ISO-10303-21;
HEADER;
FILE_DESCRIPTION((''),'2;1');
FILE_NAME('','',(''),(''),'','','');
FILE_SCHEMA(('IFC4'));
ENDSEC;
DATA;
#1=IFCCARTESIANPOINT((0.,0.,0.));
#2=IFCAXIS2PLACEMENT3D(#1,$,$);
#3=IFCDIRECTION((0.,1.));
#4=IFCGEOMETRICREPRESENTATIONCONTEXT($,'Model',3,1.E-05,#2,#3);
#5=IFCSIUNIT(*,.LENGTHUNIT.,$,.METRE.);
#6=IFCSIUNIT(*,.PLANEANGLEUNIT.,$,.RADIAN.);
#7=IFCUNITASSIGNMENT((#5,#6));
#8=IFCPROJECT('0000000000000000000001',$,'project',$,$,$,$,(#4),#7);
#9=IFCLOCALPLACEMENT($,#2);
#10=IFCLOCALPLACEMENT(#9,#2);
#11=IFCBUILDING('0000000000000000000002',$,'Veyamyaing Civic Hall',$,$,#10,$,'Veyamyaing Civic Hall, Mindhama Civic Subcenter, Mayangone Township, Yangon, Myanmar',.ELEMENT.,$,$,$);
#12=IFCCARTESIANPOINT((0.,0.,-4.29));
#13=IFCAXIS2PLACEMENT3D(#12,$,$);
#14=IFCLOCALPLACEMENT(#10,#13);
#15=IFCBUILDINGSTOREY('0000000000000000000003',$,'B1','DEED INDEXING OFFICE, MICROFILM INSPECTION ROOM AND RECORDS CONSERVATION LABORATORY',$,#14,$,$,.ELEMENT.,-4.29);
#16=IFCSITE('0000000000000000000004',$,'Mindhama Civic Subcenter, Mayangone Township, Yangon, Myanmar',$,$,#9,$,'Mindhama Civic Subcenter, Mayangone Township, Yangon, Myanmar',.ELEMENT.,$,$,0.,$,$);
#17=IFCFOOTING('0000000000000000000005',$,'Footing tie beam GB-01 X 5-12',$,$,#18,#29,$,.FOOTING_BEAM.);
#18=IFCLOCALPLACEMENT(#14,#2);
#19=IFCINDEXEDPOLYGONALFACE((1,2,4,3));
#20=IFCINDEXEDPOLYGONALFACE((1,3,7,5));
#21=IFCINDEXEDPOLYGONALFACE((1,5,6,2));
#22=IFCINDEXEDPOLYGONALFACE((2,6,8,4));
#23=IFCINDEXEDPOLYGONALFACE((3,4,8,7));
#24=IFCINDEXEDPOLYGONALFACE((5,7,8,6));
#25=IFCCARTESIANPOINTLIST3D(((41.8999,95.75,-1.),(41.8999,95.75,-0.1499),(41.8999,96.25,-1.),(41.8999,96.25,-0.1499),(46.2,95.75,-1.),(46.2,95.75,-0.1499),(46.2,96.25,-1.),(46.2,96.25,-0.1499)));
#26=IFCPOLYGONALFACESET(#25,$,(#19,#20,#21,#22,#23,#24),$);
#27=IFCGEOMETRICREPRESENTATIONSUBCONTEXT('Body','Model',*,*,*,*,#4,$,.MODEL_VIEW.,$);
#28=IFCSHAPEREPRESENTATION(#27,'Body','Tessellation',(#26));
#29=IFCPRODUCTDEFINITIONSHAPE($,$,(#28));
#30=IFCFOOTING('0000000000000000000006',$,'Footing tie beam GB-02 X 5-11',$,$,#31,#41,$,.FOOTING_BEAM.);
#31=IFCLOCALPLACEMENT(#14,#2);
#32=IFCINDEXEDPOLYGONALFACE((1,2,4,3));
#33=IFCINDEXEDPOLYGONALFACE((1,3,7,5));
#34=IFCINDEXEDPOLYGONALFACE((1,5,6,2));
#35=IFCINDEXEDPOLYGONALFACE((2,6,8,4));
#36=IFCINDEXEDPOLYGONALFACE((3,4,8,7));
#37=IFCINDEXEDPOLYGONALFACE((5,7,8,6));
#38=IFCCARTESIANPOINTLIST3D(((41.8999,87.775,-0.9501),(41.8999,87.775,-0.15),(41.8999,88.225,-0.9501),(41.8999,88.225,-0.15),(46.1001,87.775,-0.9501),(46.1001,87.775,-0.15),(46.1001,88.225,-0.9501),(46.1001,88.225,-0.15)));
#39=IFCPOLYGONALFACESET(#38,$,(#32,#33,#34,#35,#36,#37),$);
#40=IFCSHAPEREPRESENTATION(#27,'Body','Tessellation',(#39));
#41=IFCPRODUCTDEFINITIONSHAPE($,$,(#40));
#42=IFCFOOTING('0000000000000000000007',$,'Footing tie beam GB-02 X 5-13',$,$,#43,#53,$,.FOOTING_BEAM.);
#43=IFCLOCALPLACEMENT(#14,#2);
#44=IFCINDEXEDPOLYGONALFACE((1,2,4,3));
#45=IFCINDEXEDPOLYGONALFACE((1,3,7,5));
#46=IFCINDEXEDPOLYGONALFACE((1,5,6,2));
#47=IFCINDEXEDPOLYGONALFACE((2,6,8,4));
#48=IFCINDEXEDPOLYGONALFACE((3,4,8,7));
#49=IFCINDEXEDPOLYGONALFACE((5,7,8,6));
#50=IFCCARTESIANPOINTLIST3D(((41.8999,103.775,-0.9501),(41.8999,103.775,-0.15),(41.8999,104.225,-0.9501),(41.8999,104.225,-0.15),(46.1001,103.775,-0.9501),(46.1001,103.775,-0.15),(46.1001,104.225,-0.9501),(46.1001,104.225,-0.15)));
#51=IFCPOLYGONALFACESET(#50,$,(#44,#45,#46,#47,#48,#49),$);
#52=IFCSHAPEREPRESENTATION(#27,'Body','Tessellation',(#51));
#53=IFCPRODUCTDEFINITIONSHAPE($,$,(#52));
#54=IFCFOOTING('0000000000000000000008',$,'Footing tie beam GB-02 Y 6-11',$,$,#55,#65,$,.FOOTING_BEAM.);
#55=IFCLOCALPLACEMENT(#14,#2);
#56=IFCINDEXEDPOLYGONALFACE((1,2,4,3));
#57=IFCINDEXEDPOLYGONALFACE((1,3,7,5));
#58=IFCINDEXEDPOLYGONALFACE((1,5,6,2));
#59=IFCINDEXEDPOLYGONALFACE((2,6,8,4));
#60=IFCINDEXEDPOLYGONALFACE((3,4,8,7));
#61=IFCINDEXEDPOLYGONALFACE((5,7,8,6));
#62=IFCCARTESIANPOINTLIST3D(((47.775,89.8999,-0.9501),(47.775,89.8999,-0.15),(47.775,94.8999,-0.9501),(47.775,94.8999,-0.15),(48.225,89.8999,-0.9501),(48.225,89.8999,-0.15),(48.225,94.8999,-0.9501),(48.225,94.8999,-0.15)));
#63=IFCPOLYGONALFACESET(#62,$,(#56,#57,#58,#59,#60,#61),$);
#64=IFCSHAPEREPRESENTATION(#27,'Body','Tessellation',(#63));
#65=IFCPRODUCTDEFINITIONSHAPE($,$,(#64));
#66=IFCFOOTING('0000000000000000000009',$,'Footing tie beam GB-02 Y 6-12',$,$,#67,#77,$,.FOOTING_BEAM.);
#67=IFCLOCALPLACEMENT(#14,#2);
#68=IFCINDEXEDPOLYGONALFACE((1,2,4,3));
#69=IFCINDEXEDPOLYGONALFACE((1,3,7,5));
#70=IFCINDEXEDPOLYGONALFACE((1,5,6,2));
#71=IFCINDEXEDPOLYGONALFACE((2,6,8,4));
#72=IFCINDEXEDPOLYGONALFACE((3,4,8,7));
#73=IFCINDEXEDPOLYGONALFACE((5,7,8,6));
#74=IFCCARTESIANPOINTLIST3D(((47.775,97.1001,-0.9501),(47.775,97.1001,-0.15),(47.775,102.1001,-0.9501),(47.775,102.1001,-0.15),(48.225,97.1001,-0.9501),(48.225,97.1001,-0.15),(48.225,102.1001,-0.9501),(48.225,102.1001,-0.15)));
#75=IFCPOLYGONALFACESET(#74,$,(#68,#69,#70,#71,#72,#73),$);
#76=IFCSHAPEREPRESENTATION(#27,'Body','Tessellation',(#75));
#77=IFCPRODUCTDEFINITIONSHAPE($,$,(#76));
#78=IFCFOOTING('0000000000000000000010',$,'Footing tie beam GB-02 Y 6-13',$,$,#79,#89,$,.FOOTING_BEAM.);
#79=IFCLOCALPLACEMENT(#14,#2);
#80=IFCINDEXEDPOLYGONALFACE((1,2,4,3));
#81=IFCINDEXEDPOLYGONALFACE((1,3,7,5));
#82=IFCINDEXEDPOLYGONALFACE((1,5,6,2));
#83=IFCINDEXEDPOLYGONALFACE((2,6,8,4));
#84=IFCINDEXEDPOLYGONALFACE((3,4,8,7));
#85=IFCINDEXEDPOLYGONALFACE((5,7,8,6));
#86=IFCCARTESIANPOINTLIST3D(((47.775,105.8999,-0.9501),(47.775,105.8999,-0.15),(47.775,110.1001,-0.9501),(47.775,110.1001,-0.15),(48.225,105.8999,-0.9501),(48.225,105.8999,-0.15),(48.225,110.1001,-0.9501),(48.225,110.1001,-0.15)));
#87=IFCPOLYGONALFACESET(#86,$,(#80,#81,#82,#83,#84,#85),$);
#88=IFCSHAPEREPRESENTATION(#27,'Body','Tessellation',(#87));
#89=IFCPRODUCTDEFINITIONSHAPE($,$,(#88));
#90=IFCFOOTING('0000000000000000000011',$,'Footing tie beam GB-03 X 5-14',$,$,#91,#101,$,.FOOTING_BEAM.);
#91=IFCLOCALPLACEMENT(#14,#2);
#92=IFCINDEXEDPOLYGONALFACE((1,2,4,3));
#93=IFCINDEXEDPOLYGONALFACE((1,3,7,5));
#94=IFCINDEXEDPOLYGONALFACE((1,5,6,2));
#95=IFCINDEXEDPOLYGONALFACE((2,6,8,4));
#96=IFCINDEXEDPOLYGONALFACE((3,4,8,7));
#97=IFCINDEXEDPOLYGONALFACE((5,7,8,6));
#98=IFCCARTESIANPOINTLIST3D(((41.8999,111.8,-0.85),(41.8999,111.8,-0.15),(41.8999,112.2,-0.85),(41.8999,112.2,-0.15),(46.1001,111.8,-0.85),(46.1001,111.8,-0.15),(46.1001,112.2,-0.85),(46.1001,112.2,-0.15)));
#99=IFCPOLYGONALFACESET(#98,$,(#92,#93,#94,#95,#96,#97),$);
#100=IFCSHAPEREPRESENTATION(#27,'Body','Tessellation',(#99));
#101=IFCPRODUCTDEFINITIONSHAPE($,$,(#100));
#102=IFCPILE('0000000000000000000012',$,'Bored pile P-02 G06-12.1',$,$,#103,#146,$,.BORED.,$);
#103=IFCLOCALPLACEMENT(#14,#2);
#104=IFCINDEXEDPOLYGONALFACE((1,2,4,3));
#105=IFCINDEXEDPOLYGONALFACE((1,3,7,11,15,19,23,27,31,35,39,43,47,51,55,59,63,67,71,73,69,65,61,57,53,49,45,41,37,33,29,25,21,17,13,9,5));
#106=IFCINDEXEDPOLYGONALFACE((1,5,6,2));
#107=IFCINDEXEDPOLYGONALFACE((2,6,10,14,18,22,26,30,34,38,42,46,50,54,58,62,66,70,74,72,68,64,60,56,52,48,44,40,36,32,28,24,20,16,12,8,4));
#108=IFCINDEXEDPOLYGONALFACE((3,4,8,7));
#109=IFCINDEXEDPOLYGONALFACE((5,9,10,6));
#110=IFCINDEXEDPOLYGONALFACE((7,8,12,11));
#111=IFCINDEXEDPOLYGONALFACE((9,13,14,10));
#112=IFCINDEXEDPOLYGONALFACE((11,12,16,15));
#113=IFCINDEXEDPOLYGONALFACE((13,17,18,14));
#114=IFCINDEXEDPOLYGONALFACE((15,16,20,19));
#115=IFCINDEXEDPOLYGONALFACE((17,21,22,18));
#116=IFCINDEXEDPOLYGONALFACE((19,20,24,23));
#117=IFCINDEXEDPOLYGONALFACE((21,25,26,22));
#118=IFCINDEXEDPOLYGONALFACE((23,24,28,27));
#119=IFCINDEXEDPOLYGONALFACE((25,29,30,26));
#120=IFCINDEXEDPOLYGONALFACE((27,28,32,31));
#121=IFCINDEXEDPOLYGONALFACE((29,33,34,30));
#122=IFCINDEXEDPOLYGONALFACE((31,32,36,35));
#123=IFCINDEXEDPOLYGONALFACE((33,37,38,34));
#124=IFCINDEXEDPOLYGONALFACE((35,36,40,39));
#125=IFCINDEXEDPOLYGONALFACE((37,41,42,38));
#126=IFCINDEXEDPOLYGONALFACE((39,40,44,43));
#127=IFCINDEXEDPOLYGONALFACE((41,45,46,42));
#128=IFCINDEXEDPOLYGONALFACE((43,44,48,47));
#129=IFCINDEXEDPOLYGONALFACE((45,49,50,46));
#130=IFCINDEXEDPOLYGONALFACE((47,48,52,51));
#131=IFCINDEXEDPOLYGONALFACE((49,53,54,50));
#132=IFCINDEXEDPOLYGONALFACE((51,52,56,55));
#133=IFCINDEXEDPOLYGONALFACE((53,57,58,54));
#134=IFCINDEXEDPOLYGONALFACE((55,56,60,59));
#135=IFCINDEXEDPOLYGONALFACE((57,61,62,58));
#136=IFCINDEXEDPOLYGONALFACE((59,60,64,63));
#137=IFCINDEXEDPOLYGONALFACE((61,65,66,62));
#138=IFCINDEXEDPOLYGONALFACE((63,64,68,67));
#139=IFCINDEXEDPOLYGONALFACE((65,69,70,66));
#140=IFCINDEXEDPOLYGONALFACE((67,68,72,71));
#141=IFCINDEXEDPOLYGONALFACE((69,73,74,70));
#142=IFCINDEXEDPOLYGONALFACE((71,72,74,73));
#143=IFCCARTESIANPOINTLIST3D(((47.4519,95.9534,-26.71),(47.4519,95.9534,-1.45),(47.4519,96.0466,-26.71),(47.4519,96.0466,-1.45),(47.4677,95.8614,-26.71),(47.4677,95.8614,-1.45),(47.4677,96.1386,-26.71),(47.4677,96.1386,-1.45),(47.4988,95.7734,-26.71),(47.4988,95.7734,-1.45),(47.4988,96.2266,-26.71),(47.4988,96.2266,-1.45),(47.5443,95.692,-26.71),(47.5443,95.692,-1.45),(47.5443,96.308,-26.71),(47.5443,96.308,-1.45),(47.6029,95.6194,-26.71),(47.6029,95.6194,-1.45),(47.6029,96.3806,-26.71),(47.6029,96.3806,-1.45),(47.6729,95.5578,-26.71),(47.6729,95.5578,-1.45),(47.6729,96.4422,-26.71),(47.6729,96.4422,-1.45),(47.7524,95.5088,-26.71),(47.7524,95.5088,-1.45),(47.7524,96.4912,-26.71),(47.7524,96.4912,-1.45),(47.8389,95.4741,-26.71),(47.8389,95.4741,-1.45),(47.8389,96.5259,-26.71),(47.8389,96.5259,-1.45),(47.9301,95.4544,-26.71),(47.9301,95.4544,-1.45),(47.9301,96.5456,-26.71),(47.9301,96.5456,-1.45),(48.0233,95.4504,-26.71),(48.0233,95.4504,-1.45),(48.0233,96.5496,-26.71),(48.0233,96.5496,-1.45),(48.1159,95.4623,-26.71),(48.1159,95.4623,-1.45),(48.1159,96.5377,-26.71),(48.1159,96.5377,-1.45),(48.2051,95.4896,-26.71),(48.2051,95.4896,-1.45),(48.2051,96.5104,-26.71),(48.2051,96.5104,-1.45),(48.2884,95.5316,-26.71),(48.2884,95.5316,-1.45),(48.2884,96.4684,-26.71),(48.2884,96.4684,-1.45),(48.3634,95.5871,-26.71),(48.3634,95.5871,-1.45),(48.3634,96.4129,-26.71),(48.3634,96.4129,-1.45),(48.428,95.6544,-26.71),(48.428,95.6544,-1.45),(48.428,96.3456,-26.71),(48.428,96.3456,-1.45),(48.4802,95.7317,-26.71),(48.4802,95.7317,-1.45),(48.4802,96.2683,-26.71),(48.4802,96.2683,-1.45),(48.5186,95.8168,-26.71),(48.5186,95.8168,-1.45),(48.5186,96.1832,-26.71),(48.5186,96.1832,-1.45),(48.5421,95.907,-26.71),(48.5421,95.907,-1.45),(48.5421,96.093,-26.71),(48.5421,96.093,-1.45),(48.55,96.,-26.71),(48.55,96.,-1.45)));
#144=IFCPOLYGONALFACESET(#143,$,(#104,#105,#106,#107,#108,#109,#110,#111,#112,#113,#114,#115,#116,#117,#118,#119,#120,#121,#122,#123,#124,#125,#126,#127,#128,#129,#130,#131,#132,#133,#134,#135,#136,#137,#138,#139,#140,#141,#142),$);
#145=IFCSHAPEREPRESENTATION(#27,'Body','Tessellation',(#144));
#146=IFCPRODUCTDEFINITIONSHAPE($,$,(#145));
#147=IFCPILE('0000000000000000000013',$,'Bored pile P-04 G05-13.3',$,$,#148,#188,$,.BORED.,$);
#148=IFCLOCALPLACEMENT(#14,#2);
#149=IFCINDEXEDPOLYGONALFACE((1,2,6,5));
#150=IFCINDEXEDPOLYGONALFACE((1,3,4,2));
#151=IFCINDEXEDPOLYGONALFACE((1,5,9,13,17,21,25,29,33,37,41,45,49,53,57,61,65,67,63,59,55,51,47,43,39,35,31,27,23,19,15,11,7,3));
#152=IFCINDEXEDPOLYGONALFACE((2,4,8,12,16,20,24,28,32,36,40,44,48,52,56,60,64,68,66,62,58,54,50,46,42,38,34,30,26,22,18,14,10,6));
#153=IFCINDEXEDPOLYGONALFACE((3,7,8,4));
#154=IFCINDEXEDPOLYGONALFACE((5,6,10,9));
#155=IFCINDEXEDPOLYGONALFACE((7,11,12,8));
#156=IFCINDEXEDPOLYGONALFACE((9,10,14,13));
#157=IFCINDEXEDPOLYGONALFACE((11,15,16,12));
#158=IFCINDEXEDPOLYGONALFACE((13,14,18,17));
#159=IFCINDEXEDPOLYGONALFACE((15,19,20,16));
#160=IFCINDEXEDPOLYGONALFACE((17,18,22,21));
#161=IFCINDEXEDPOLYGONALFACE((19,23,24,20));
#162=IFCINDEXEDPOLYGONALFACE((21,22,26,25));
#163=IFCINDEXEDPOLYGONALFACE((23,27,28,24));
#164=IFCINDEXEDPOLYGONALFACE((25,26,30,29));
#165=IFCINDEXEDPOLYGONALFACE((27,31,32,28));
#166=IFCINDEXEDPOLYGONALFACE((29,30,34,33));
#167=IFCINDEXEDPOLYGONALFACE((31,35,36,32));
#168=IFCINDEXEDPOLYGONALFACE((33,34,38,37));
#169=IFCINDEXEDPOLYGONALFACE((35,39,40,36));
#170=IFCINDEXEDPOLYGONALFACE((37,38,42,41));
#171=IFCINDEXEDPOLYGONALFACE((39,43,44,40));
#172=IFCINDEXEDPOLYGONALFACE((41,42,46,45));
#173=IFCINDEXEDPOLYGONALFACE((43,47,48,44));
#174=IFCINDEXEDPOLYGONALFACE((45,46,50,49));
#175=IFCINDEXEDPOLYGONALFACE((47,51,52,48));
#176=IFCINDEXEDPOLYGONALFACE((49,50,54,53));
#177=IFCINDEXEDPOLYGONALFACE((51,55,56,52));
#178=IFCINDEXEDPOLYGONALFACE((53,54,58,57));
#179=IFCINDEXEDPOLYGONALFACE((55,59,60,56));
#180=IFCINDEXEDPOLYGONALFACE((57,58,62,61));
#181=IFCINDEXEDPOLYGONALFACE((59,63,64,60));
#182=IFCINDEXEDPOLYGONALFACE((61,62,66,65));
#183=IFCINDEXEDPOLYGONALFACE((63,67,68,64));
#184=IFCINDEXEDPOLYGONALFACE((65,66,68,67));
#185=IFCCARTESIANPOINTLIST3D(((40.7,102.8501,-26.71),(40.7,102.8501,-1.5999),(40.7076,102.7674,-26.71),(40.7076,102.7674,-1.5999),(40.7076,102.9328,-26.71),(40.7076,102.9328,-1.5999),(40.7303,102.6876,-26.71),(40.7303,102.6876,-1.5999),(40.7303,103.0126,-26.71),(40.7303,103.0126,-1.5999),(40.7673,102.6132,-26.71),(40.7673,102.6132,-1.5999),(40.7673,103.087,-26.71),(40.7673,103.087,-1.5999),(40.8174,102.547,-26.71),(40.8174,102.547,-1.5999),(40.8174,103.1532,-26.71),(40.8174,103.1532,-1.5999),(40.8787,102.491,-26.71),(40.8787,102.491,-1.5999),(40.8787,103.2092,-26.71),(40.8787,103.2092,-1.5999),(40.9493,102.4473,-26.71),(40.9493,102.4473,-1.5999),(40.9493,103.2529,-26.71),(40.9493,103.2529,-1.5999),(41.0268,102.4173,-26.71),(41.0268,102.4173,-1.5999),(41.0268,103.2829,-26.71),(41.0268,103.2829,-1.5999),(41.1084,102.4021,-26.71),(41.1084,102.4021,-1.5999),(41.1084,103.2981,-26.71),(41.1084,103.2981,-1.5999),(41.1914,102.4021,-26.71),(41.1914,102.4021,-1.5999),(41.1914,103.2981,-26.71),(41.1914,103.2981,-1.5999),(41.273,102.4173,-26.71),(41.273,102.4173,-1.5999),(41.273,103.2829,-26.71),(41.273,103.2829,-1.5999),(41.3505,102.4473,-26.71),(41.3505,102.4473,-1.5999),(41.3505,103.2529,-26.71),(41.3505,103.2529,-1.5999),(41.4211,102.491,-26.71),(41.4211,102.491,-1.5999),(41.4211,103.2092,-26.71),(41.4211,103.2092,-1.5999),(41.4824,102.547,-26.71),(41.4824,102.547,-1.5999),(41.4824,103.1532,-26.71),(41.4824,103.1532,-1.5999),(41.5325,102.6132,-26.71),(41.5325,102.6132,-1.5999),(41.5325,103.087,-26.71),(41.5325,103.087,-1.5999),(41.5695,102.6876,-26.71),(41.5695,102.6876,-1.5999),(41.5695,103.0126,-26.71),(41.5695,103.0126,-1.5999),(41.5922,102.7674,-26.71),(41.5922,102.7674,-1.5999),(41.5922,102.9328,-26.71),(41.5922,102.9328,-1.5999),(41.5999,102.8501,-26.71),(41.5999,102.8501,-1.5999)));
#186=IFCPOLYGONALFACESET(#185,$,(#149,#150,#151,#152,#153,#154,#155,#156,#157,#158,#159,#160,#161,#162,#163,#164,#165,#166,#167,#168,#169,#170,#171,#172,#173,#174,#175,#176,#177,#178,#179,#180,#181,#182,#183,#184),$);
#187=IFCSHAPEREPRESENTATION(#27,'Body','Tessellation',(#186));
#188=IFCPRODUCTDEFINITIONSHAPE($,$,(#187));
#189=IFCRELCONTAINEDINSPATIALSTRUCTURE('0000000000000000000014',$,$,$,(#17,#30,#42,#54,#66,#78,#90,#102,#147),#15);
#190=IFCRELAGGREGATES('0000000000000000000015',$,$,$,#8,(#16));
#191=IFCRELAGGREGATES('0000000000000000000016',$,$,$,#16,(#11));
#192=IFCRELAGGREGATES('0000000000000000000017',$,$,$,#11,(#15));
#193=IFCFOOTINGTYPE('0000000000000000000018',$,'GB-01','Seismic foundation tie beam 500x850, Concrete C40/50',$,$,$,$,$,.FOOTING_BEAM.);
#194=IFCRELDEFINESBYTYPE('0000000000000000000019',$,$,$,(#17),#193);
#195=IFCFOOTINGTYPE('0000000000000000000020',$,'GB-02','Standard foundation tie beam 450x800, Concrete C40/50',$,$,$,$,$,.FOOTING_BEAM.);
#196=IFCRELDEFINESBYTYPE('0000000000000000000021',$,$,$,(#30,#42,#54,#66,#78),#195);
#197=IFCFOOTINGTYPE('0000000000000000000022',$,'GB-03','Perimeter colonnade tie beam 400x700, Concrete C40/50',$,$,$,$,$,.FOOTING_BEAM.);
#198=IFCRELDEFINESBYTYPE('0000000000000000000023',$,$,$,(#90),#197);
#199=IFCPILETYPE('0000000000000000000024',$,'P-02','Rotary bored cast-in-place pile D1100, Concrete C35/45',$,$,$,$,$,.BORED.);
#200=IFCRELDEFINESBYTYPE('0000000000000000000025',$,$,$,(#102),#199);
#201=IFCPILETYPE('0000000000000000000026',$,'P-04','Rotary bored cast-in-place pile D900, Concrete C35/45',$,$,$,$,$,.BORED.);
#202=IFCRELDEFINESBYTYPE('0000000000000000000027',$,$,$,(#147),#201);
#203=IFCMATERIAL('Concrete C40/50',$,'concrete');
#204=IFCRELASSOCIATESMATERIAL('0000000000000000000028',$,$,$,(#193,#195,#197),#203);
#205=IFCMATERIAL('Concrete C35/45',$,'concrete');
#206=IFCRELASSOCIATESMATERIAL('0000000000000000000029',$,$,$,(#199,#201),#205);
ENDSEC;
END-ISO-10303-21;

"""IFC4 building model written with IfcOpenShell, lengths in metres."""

from ifc_helpers import new_model, si_unit, direction, frame, origin, origin_2d, place, context, subcontext, project, spatial, rectangle, circle, extrude, material, material_profile, profile_set, type_object, element, save


model = new_model("IFC4")

# Units and contexts
model_context = context("Model", 3, precision=1e-05, world=origin(), true_north=direction((0.0, 1.0)))
body_context = subcontext(model_context, "Body", "Model", "MODEL_VIEW")
ifc_project = project(units=[si_unit("LENGTHUNIT", "METRE"), si_unit("PLANEANGLEUNIT", "RADIAN")], contexts=[model_context])

# Site, building, storey
site_placement = place(None, origin())
site = spatial("IfcSite", under=ifc_project, at=site_placement, Name="Mindhama Civic Subcenter, Mayangone Township, Yangon, Myanmar", LongName="Mindhama Civic Subcenter, Mayangone Township, Yangon, Myanmar", CompositionType="ELEMENT", RefElevation=0.0)
building_placement = place(site_placement, origin())
building = spatial("IfcBuilding", under=site, at=building_placement, Name="Veyamyaing Civic Hall", LongName="Veyamyaing Civic Hall, Mindhama Civic Subcenter, Mayangone Township, Yangon, Myanmar", CompositionType="ELEMENT")
storey_placement = place(building_placement, frame((0.0, 0.0, -4.29)))
storey = spatial("IfcBuildingStorey", under=building, at=storey_placement, Name="B1", Description="DEED INDEXING OFFICE, MICROFILM INSPECTION ROOM AND RECORDS CONSERVATION LABORATORY", CompositionType="ELEMENT", Elevation=-4.29)

# Footings
ifc_material_1 = material(Name="Concrete C40/50", Category="concrete")
ifc_material_profile_1 = material_profile(ifc_material_1, rectangle(XDim=0.5, YDim=0.8501, at=origin_2d()), Name="GB-500X850")
ifc_profile_set_1 = profile_set([ifc_material_profile_1], Name="Concrete C40/50")
footing_type_1 = type_object("IfcFootingType", Name="GB-01", Description="Seismic foundation tie beam 500x850, Concrete C40/50", PredefinedType="FOOTING_BEAM", material=ifc_profile_set_1)
footing_1_placement = place(storey_placement, frame((41.8999, 96.0, -0.575), z_axis=(1.0, 0.0, 0.0), x_axis=(0.0, 1.0, 0.0)))
element("IfcFooting", 1, at=footing_1_placement, inside=storey, type_object=footing_type_1, Name="Footing tie beam GB-01 X 5-12", PredefinedType="FOOTING_BEAM", context=body_context, shape_type="SweptSolid", body=[
    extrude(rectangle(XDim=0.5, YDim=0.8501, at=origin_2d()), origin(), (0.0, 0.0, 1.0), 4.3),
])
ifc_material_profile_2 = material_profile(ifc_material_1, rectangle(XDim=0.45, YDim=0.8, at=origin_2d()), Name="GB-450X800")
ifc_profile_set_2 = profile_set([ifc_material_profile_2], Name="Concrete C40/50")
footing_type_2 = type_object("IfcFootingType", Name="GB-02", Description="Standard foundation tie beam 450x800, Concrete C40/50", PredefinedType="FOOTING_BEAM", material=ifc_profile_set_2)
for number, where, z_axis, x_axis, name in (
    (2, (41.8999, 88.0, -0.55), (1.0, 0.0, 0.0), (0.0, 1.0, 0.0), "Footing tie beam GB-02 X 5-11"),
    (3, (41.8999, 104.0, -0.55), (1.0, 0.0, 0.0), (0.0, 1.0, 0.0), "Footing tie beam GB-02 X 5-13"),
):
    element("IfcFooting", number, at=place(storey_placement, frame(where, z_axis=z_axis, x_axis=x_axis)), inside=storey, type_object=footing_type_2, Name=name, PredefinedType="FOOTING_BEAM", context=body_context, shape_type="SweptSolid", body=[
        extrude(rectangle(XDim=0.45, YDim=0.8, at=origin_2d()), origin(), (0.0, 0.0, 1.0), 4.2002),
    ])
for number, where, z_axis, x_axis, name in (
    (4, (48.0, 89.8999, -0.55), (0.0, 1.0, 0.0), (-1.0, 0.0, 0.0), "Footing tie beam GB-02 Y 6-11"),
    (5, (48.0, 97.1001, -0.55), (0.0, 1.0, 0.0), (-1.0, 0.0, 0.0), "Footing tie beam GB-02 Y 6-12"),
):
    element("IfcFooting", number, at=place(storey_placement, frame(where, z_axis=z_axis, x_axis=x_axis)), inside=storey, type_object=footing_type_2, Name=name, PredefinedType="FOOTING_BEAM", context=body_context, shape_type="SweptSolid", body=[
        extrude(rectangle(XDim=0.45, YDim=0.8, at=origin_2d()), origin(), (0.0, 0.0, 1.0), 5.0),
    ])
footing_2_placement = place(storey_placement, frame((48.0, 105.8999, -0.55), z_axis=(0.0, 1.0, 0.0), x_axis=(-1.0, 0.0, 0.0)))
element("IfcFooting", 6, at=footing_2_placement, inside=storey, type_object=footing_type_2, Name="Footing tie beam GB-02 Y 6-13", PredefinedType="FOOTING_BEAM", context=body_context, shape_type="SweptSolid", body=[
    extrude(rectangle(XDim=0.45, YDim=0.8, at=origin_2d()), origin(), (0.0, 0.0, 1.0), 4.2002),
])
ifc_material_profile_3 = material_profile(ifc_material_1, rectangle(XDim=0.3999, YDim=0.7, at=origin_2d()), Name="GB-400X700")
ifc_profile_set_3 = profile_set([ifc_material_profile_3], Name="Concrete C40/50")
footing_type_3 = type_object("IfcFootingType", Name="GB-03", Description="Perimeter colonnade tie beam 400x700, Concrete C40/50", PredefinedType="FOOTING_BEAM", material=ifc_profile_set_3)
footing_3_placement = place(storey_placement, frame((41.8999, 112.0, -0.5), z_axis=(1.0, 0.0, 0.0), x_axis=(0.0, 1.0, 0.0)))
element("IfcFooting", 7, at=footing_3_placement, inside=storey, type_object=footing_type_3, Name="Footing tie beam GB-03 X 5-14", PredefinedType="FOOTING_BEAM", context=body_context, shape_type="SweptSolid", body=[
    extrude(rectangle(XDim=0.3999, YDim=0.7, at=origin_2d()), origin(), (0.0, 0.0, 1.0), 4.2002),
])

# Piles
ifc_material_2 = material(Name="Concrete C35/45", Category="concrete")
ifc_material_profile_4 = material_profile(ifc_material_2, circle(Radius=0.55, at=origin_2d()), Name="PILE-D1100")
ifc_profile_set_4 = profile_set([ifc_material_profile_4], Name="Concrete C35/45")
pile_type_1 = type_object("IfcPileType", Name="P-02", Description="Rotary bored cast-in-place pile D1100, Concrete C35/45", PredefinedType="BORED", material=ifc_profile_set_4)
pile_placement = place(storey_placement, frame((48.0, 96.0, -1.45), z_axis=(0.0, 0.0, -1.0), x_axis=(1.0, 0.0, 0.0)))
element("IfcPile", 8, at=pile_placement, inside=storey, type_object=pile_type_1, Name="Bored pile P-02 G06-12.1", PredefinedType="BORED", context=body_context, shape_type="SweptSolid", body=[
    extrude(circle(Radius=0.55, at=origin_2d()), origin(), (0.0, 0.0, 1.0), 25.26),
])
ifc_material_profile_5 = material_profile(ifc_material_2, circle(Radius=0.45, at=origin_2d()), Name="PILE-D900")
ifc_profile_set_5 = profile_set([ifc_material_profile_5], Name="Concrete C35/45")
pile_type_2 = type_object("IfcPileType", Name="P-04", Description="Rotary bored cast-in-place pile D900, Concrete C35/45", PredefinedType="BORED", material=ifc_profile_set_5)
for number, where, z_axis, x_axis, name in (
    (9, (41.1499, 102.8501, -1.5999), (0.0, 0.0, -1.0), (1.0, 0.0, 0.0), "Bored pile P-04 G05-13.3"),
):
    element("IfcPile", number, at=place(storey_placement, frame(where, z_axis=z_axis, x_axis=x_axis)), inside=storey, type_object=pile_type_2, Name=name, PredefinedType="BORED", context=body_context, shape_type="SweptSolid", body=[
        extrude(circle(Radius=0.45, at=origin_2d()), origin(), (0.0, 0.0, 1.0), 25.1101),
    ])

save(model, "model.ifc")
